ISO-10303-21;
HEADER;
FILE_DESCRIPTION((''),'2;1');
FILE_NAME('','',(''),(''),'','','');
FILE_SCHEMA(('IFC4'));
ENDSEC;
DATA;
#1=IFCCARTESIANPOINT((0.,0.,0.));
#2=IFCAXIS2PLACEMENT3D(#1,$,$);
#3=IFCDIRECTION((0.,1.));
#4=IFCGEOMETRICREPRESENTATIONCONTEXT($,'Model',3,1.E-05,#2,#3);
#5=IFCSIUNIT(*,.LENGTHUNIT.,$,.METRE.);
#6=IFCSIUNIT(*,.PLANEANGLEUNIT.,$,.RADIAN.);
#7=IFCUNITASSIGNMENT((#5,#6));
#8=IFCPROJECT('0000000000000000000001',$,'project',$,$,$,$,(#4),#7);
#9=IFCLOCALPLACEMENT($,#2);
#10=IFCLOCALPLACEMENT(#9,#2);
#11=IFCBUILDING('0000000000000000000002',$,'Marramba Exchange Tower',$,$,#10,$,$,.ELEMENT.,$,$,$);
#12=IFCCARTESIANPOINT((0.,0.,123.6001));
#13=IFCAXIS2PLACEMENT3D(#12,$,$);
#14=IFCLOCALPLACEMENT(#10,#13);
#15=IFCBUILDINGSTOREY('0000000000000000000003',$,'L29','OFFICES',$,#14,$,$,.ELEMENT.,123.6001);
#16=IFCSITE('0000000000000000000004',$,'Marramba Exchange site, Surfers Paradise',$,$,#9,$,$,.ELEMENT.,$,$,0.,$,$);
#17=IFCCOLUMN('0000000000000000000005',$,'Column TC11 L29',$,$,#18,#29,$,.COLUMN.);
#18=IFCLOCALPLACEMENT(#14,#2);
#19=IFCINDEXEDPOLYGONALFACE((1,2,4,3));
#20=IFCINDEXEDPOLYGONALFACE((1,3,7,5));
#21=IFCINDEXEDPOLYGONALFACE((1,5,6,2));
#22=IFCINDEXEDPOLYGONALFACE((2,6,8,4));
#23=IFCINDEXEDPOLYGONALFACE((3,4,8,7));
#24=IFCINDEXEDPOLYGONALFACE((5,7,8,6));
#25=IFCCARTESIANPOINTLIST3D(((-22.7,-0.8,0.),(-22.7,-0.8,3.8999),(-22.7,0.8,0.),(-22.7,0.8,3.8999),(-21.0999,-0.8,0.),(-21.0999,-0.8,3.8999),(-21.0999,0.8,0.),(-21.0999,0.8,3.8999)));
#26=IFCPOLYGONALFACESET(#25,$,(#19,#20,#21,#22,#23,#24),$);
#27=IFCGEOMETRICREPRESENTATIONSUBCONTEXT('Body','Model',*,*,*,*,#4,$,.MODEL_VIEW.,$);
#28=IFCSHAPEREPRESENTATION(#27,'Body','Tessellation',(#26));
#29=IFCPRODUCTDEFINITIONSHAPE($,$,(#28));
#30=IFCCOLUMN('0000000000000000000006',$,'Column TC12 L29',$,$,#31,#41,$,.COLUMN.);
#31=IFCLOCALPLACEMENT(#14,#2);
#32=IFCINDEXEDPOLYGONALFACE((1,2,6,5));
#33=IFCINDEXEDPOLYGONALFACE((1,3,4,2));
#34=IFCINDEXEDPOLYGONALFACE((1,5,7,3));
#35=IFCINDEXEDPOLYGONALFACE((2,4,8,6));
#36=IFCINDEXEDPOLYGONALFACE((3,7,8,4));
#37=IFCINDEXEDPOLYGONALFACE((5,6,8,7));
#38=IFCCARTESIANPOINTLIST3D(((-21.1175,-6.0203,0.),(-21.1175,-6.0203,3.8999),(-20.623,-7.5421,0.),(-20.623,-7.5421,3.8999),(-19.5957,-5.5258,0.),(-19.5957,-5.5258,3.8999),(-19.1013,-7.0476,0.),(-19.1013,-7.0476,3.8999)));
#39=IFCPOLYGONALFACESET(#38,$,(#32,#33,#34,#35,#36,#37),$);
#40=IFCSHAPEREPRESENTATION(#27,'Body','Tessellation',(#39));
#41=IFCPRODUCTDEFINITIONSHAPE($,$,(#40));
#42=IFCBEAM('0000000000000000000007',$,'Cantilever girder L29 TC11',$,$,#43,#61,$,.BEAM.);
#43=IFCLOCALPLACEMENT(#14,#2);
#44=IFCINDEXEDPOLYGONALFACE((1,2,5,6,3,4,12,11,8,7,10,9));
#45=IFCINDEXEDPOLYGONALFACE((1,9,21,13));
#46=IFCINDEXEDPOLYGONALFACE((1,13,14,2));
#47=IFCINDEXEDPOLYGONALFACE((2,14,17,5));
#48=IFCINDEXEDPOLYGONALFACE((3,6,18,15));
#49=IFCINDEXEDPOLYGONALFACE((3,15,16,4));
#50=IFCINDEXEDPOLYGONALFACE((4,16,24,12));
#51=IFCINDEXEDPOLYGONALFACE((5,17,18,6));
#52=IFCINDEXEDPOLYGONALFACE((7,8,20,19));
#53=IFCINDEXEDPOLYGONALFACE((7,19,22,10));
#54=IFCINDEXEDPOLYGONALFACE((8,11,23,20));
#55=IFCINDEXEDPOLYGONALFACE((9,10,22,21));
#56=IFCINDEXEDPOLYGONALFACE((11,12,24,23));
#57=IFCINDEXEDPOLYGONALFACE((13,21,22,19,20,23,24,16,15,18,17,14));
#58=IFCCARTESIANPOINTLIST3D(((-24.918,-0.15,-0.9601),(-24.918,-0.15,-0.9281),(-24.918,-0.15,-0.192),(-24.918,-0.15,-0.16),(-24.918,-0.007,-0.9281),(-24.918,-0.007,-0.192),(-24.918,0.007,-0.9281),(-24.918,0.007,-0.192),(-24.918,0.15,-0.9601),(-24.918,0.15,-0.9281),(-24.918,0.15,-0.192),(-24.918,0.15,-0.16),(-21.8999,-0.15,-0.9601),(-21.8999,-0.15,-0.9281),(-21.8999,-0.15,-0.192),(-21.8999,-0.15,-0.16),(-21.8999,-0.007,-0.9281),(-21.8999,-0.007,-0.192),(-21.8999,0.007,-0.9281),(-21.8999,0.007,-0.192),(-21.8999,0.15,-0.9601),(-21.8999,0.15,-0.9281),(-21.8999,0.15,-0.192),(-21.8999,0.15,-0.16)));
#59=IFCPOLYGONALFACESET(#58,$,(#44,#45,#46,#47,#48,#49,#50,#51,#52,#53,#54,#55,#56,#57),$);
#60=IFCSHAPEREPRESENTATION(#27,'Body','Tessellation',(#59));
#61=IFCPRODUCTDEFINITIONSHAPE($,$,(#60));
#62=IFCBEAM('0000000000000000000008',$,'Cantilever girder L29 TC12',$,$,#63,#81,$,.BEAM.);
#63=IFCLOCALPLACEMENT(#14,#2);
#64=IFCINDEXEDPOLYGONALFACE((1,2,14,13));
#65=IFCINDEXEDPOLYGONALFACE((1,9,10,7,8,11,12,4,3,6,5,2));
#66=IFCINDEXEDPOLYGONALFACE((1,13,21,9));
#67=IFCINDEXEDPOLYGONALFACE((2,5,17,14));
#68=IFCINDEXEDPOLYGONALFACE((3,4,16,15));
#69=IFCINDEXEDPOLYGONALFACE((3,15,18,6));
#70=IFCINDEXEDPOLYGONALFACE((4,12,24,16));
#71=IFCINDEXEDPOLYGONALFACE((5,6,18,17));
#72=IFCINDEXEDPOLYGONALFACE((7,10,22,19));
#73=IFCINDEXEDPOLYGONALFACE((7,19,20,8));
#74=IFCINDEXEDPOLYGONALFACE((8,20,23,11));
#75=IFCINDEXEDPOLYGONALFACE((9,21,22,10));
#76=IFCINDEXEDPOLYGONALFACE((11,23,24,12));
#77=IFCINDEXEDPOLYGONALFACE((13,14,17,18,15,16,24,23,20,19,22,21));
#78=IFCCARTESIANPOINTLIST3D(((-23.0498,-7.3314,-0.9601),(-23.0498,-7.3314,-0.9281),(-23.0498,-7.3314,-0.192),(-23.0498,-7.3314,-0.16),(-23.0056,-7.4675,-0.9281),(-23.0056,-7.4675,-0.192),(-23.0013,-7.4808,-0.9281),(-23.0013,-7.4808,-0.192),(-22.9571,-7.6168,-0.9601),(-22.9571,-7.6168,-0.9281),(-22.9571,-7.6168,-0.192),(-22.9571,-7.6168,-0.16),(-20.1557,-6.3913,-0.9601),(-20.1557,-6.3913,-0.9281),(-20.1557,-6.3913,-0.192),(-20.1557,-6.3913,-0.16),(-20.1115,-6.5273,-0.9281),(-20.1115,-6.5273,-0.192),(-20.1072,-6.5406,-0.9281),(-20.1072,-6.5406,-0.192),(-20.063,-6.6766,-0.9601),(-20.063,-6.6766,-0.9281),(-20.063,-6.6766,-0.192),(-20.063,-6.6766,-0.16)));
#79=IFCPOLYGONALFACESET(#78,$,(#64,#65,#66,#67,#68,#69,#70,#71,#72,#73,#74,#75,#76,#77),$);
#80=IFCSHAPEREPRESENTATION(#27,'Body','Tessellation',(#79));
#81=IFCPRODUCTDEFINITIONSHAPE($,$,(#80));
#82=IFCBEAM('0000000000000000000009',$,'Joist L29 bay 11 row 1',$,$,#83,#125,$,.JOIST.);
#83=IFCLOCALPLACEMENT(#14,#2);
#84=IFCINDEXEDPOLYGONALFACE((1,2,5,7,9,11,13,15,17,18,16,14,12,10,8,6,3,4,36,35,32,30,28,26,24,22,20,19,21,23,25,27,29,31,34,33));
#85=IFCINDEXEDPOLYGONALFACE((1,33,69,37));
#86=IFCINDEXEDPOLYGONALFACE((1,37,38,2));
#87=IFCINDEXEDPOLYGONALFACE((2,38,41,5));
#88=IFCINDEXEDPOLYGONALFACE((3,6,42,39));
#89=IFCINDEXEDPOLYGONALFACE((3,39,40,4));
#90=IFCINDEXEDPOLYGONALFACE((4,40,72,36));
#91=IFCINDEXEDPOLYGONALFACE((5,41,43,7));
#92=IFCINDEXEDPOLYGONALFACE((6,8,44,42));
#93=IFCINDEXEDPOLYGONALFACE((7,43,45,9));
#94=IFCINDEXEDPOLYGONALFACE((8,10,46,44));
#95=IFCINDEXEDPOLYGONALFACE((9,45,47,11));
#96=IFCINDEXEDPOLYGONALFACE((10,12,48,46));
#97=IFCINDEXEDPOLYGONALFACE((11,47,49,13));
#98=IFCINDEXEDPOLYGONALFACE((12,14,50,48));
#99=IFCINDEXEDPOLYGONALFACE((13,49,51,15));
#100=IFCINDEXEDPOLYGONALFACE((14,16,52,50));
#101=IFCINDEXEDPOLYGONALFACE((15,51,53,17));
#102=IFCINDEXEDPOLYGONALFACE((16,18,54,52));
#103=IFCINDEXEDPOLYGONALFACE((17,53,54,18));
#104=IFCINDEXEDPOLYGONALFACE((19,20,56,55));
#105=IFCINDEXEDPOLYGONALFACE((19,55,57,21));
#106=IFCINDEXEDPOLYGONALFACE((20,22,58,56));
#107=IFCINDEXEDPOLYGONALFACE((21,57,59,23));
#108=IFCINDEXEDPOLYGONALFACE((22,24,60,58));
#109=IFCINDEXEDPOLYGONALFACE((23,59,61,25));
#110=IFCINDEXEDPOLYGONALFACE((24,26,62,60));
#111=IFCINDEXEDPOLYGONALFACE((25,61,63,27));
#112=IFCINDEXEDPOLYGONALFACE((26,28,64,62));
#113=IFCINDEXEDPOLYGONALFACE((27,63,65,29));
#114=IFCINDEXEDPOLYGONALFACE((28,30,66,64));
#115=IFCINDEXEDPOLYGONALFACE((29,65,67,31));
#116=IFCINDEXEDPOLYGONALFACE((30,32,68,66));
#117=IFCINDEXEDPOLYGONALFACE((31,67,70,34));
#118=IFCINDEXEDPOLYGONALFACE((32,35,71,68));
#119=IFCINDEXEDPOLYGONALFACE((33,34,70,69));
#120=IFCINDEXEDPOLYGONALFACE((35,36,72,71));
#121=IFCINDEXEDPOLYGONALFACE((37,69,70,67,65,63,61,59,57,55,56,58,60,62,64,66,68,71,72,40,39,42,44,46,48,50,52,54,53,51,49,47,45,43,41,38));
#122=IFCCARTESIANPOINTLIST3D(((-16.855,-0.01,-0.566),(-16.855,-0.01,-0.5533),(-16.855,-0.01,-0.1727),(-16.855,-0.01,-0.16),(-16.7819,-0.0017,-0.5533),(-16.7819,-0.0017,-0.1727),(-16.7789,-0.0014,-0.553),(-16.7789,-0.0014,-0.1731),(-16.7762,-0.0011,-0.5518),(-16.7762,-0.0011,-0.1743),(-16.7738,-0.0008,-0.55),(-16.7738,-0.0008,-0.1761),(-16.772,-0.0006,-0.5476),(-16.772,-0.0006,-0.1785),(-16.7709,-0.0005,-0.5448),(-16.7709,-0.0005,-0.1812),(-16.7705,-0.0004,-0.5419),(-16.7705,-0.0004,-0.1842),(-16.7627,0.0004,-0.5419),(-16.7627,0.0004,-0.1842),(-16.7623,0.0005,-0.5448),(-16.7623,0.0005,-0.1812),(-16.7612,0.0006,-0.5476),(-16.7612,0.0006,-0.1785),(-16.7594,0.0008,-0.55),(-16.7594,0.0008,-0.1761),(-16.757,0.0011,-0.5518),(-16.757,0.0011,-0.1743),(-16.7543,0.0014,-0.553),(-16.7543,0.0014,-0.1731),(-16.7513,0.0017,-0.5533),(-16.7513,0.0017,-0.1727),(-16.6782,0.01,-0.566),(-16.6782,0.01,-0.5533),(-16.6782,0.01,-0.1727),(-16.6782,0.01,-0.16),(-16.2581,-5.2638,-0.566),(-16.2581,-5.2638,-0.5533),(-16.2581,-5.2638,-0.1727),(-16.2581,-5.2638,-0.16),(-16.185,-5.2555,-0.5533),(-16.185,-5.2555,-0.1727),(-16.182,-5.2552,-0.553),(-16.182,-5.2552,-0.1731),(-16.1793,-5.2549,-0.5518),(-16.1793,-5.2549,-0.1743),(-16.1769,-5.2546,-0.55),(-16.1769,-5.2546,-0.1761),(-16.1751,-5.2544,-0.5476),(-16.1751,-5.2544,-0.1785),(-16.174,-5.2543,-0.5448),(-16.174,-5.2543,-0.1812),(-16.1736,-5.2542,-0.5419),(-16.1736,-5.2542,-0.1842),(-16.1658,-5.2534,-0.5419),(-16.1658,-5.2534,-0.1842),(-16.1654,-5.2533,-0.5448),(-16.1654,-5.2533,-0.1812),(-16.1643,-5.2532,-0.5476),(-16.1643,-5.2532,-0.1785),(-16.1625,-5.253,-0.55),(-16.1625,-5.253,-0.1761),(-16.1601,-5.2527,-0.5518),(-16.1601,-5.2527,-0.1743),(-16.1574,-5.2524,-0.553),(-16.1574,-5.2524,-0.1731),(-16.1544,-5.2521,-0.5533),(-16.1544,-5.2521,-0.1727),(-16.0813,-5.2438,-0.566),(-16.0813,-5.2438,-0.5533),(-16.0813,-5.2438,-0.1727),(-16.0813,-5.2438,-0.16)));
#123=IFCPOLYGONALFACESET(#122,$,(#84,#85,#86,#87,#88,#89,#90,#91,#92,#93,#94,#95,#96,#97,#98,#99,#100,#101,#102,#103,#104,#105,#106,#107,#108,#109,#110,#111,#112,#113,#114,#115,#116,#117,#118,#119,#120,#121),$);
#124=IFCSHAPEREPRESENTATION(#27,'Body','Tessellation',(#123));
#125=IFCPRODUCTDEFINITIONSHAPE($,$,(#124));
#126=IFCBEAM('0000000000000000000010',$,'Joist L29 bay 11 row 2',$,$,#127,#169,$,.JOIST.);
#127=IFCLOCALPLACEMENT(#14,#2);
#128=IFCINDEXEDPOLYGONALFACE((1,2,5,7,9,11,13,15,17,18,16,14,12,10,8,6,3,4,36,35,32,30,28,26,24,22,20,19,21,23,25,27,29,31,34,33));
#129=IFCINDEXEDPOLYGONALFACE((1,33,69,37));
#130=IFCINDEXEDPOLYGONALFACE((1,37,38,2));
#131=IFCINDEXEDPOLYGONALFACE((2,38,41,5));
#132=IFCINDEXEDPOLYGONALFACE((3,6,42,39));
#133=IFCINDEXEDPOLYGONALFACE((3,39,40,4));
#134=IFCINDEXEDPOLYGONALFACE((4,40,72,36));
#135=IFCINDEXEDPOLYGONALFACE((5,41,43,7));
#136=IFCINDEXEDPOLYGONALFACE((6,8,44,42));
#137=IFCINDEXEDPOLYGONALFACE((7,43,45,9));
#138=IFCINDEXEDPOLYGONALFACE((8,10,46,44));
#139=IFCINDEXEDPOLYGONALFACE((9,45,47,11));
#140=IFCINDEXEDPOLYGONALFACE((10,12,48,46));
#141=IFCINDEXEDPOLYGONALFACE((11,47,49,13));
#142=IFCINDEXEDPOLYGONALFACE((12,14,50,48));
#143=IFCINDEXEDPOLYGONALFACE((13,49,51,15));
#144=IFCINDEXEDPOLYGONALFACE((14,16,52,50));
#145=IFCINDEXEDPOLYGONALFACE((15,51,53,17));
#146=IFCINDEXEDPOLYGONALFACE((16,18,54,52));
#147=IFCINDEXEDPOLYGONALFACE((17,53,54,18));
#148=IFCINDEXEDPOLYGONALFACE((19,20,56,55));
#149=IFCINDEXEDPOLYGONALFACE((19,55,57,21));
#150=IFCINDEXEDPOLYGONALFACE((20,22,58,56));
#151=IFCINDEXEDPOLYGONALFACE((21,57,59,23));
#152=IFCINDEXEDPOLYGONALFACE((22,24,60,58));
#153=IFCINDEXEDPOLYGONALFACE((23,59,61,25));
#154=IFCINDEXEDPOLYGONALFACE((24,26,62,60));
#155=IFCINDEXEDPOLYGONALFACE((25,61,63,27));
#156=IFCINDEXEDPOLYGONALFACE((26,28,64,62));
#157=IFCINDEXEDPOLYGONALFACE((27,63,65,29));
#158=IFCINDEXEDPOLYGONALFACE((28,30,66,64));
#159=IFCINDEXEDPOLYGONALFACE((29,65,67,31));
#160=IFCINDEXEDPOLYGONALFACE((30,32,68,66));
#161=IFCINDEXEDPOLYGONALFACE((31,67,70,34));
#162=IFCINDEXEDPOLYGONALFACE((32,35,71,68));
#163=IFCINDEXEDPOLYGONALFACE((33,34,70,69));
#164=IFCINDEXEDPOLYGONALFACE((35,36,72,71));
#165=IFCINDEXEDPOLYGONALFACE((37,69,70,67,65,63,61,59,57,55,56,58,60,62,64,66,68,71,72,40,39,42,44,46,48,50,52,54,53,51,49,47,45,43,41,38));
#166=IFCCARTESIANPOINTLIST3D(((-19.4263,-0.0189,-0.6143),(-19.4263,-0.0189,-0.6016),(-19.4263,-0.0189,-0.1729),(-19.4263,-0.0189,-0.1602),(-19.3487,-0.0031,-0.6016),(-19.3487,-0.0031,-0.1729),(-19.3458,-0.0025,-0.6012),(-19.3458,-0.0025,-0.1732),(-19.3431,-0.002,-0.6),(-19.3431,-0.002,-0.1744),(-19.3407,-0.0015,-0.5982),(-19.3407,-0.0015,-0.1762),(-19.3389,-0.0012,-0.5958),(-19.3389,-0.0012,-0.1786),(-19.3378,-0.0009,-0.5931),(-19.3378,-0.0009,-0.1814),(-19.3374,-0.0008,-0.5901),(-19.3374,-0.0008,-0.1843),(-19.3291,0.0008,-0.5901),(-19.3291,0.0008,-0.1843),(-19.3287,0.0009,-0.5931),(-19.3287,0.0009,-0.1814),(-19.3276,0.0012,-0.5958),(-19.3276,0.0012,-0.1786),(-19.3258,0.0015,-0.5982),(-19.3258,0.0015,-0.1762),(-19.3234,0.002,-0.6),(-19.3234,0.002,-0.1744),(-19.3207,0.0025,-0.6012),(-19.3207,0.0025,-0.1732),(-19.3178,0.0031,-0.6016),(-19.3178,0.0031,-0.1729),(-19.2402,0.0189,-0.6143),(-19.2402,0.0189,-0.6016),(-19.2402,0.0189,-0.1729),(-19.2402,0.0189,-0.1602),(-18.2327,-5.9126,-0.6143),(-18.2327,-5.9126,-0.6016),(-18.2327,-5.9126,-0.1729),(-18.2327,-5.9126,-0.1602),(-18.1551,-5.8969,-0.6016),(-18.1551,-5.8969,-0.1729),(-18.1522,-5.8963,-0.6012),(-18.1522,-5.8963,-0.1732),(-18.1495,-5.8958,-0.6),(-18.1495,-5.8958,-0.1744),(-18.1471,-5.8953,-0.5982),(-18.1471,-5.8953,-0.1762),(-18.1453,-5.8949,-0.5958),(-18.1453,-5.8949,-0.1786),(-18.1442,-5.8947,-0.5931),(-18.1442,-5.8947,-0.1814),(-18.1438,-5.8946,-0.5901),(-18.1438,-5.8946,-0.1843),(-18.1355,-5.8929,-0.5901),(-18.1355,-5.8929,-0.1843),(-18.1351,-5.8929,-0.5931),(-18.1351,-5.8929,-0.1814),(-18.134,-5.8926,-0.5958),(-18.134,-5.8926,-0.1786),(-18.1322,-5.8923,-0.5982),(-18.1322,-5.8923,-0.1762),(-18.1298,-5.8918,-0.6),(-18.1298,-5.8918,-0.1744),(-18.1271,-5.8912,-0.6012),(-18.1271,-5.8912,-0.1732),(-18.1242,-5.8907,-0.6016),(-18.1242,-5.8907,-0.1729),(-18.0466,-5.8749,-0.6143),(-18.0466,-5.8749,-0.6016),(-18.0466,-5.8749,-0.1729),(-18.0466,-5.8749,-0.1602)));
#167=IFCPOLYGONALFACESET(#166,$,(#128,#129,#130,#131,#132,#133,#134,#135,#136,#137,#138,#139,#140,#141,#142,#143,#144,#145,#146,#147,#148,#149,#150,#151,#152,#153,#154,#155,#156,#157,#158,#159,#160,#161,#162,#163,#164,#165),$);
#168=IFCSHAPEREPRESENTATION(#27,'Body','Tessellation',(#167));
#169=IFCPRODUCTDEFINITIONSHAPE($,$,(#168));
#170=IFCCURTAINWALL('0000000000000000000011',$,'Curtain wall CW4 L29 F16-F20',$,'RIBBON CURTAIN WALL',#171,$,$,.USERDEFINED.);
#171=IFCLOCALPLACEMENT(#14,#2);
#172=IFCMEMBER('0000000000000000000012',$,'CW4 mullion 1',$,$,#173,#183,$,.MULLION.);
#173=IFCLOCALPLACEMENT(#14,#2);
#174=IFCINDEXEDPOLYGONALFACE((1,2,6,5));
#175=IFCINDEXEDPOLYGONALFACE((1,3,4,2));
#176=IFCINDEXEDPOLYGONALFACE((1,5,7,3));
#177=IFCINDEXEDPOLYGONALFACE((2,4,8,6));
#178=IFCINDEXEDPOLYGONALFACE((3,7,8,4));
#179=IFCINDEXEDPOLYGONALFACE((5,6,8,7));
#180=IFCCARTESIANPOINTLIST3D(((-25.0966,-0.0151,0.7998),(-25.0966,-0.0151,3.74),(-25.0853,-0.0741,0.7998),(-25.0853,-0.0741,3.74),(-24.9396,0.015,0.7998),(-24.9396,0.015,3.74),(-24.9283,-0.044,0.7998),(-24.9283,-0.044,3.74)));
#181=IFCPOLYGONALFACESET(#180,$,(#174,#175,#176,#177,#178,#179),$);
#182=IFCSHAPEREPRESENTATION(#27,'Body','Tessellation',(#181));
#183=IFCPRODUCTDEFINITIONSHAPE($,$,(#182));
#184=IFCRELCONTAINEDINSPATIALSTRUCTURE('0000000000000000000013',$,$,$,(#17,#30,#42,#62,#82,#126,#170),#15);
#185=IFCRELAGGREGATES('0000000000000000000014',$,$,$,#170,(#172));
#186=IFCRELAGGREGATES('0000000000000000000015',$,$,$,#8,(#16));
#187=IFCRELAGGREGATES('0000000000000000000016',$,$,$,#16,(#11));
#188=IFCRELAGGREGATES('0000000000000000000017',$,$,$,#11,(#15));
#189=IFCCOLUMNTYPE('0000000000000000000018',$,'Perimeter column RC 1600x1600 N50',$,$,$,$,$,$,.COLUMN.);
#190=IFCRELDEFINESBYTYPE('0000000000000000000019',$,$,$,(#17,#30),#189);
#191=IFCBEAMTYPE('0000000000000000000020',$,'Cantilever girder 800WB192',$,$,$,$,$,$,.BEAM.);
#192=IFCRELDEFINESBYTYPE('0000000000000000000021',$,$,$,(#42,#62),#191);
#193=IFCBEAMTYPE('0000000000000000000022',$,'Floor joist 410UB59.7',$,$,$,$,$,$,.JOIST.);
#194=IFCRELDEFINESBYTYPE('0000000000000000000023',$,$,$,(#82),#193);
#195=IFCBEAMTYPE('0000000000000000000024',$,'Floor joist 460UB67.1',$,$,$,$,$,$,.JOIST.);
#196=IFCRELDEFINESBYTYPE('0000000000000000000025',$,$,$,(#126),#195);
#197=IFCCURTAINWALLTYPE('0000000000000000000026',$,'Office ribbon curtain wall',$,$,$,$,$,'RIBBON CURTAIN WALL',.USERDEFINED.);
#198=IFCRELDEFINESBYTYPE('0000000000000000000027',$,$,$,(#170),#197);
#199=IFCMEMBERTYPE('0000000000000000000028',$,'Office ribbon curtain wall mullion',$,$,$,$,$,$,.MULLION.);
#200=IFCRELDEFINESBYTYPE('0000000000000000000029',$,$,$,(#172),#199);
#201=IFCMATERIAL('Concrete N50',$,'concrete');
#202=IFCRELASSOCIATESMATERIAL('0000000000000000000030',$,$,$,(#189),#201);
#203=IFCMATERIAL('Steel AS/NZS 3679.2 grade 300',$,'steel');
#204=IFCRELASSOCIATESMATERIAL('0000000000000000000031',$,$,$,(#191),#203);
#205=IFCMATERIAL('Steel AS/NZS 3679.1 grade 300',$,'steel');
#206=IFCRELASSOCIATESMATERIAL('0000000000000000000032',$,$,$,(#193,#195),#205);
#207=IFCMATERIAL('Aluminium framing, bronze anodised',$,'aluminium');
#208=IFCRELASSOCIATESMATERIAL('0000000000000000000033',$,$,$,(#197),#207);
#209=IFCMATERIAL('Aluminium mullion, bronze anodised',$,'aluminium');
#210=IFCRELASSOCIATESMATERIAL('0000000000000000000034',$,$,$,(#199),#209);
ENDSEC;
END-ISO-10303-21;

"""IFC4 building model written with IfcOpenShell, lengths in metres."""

from ifc_helpers import new_model, si_unit, direction, frame, origin, origin_2d, place, context, subcontext, project, spatial, rectangle, i_section, extrude, material, material_profile, profile_set, type_object, element, aggregate, save


model = new_model("IFC4")

# Units and contexts
model_context = context("Model", 3, precision=1e-05, world=origin(), true_north=direction((0.0, 1.0)))
body_context = subcontext(model_context, "Body", "Model", "MODEL_VIEW")
ifc_project = project(units=[si_unit("LENGTHUNIT", "METRE"), si_unit("PLANEANGLEUNIT", "RADIAN")], contexts=[model_context])

# Site, building, storey
site_placement = place(None, origin())
site = spatial("IfcSite", under=ifc_project, at=site_placement, Name="Marramba Exchange site, Surfers Paradise", CompositionType="ELEMENT", RefElevation=0.0)
building_placement = place(site_placement, origin())
building = spatial("IfcBuilding", under=site, at=building_placement, Name="Marramba Exchange Tower", CompositionType="ELEMENT")
storey_placement = place(building_placement, frame((0.0, 0.0, 123.6001)))
storey = spatial("IfcBuildingStorey", under=building, at=storey_placement, Name="L29", Description="OFFICES", CompositionType="ELEMENT", Elevation=123.6001)

# Columns
ifc_material_1 = material(Name="Concrete N50", Category="concrete")
ifc_material_profile_1 = material_profile(ifc_material_1, rectangle(XDim=1.6001, YDim=1.6001, at=origin_2d()), Name="RC 1600x1600")
ifc_profile_set_1 = profile_set([ifc_material_profile_1], Name="Concrete N50")
column_type = type_object("IfcColumnType", Name="Perimeter column RC 1600x1600 N50", PredefinedType="COLUMN", material=ifc_profile_set_1)
for number, where, z_axis, x_axis, name in (
    (1, (-21.8999, 0.0, 0.0), (0.0, 0.0, 1.0), (-1.0, 0.0, 0.0), "Column TC11 L29"),
    (2, (-20.1094, -6.5339, 0.0), (0.0, 0.0, 1.0), (-0.951057, -0.309017, 0.0), "Column TC12 L29"),
):
    element("IfcColumn", number, at=place(storey_placement, frame(where, z_axis=z_axis, x_axis=x_axis)), inside=storey, type_object=column_type, Name=name, PredefinedType="COLUMN", context=body_context, shape_type="SweptSolid", body=[
        extrude(rectangle(XDim=1.6001, YDim=1.6001, at=origin_2d()), origin(), (0.0, 0.0, 1.0), 3.8999),
    ])

# Beams
ifc_material_2 = material(Name="Steel AS/NZS 3679.2 grade 300", Category="steel")
ifc_material_profile_2 = material_profile(ifc_material_2, i_section(OverallWidth=0.3, OverallDepth=0.8, WebThickness=0.0139, FlangeThickness=0.032, at=origin_2d()), Name="800WB192")
ifc_profile_set_2 = profile_set([ifc_material_profile_2], Name="Steel AS/NZS 3679.2 grade 300")
beam_type_1 = type_object("IfcBeamType", Name="Cantilever girder 800WB192", PredefinedType="BEAM", material=ifc_profile_set_2)
beam_1_placement = place(storey_placement, frame((-21.8999, 0.0, -0.5601), z_axis=(-1.0, 0.0, 0.0), x_axis=(0.0, -1.0, 0.0)))
element("IfcBeam", 3, at=beam_1_placement, inside=storey, type_object=beam_type_1, Name="Cantilever girder L29 TC11", PredefinedType="BEAM", context=body_context, shape_type="SweptSolid", body=[
    extrude(i_section(OverallWidth=0.3, OverallDepth=0.8, WebThickness=0.0139, FlangeThickness=0.032, at=origin_2d()), origin(), (0.0, 0.0, 1.0), 3.0181),
])
beam_2_placement = place(storey_placement, frame((-20.1094, -6.5339, -0.5601), z_axis=(-0.951071, -0.308974, 0.0), x_axis=(0.308974, -0.951071, 0.0)))
element("IfcBeam", 4, at=beam_2_placement, inside=storey, type_object=beam_type_1, Name="Cantilever girder L29 TC12", PredefinedType="BEAM", context=body_context, shape_type="SweptSolid", body=[
    extrude(i_section(OverallWidth=0.3, OverallDepth=0.8, WebThickness=0.0139, FlangeThickness=0.032, at=origin_2d()), origin(), (0.0, 0.0, 1.0), 3.043),
])
ifc_material_3 = material(Name="Steel AS/NZS 3679.1 grade 300", Category="steel")
ifc_material_profile_3 = material_profile(ifc_material_3, i_section(OverallWidth=0.178, OverallDepth=0.406, WebThickness=0.0078, FlangeThickness=0.0127, FilletRadius=0.0115, at=origin_2d()), Name="410UB59.7")
ifc_profile_set_3 = profile_set([ifc_material_profile_3], Name="Steel AS/NZS 3679.1 grade 300")
beam_type_2 = type_object("IfcBeamType", Name="Floor joist 410UB59.7", PredefinedType="JOIST", material=ifc_profile_set_3)
beam_3_placement = place(storey_placement, frame((-16.7666, 0.0, -0.363), z_axis=(0.112889, -0.993608, 0.0), x_axis=(0.993608, 0.112889, 0.0)))
element("IfcBeam", 5, at=beam_3_placement, inside=storey, type_object=beam_type_2, Name="Joist L29 bay 11 row 1", PredefinedType="JOIST", context=body_context, shape_type="SweptSolid", body=[
    extrude(i_section(OverallWidth=0.178, OverallDepth=0.406, WebThickness=0.0078, FlangeThickness=0.0127, FilletRadius=0.0115, at=origin_2d()), origin(), (0.0, 0.0, 1.0), 5.2876),
])
ifc_material_profile_4 = material_profile(ifc_material_3, i_section(OverallWidth=0.1899, OverallDepth=0.4541, WebThickness=0.0085, FlangeThickness=0.0127, FilletRadius=0.0115, at=origin_2d()), Name="460UB67.1")
ifc_profile_set_4 = profile_set([ifc_material_profile_4], Name="Steel AS/NZS 3679.1 grade 300")
beam_type_3 = type_object("IfcBeamType", Name="Floor joist 460UB67.1", PredefinedType="JOIST", material=ifc_profile_set_4)
beam_4_placement = place(storey_placement, frame((-19.3333, 0.0, -0.3872), z_axis=(0.198489, -0.980103, 0.0), x_axis=(0.980103, 0.198489, 0.0)))
element("IfcBeam", 6, at=beam_4_placement, inside=storey, type_object=beam_type_3, Name="Joist L29 bay 11 row 2", PredefinedType="JOIST", context=body_context, shape_type="SweptSolid", body=[
    extrude(i_section(OverallWidth=0.1899, OverallDepth=0.4541, WebThickness=0.0085, FlangeThickness=0.0127, FilletRadius=0.0115, at=origin_2d()), origin(), (0.0, 0.0, 1.0), 6.0134),
])

# Curtain wall, member
ifc_material_4 = material(Name="Aluminium framing, bronze anodised", Category="aluminium")
curtain_wall_type = type_object("IfcCurtainWallType", Name="Office ribbon curtain wall", ElementType="RIBBON CURTAIN WALL", PredefinedType="USERDEFINED", material=ifc_material_4)
curtain_wall_placement = place(storey_placement, origin())
curtain_wall = element("IfcCurtainWall", 7, at=curtain_wall_placement, inside=storey, type_object=curtain_wall_type, Name="Curtain wall CW4 L29 F16-F20", ObjectType="RIBBON CURTAIN WALL", PredefinedType="USERDEFINED")
ifc_material_5 = material(Name="Aluminium mullion, bronze anodised", Category="aluminium")
ifc_material_profile_5 = material_profile(ifc_material_5, rectangle(XDim=0.1599, YDim=0.0601, at=origin_2d()), Name="CW4 mullion 60x160")
ifc_profile_set_5 = profile_set([ifc_material_profile_5], Name="Aluminium mullion, bronze anodised")
member_type_1 = type_object("IfcMemberType", Name="Office ribbon curtain wall mullion", PredefinedType="MULLION", material=ifc_profile_set_5)
member_1_placement = place(storey_placement, frame((-25.0125, -0.0295, 0.7998), z_axis=(0.0, 0.0, 1.0), x_axis=(0.982126, 0.188227, 0.0)))
member_1 = element("IfcMember", 8, at=member_1_placement, type_object=member_type_1, Name="CW4 mullion 1", PredefinedType="MULLION", context=body_context, shape_type="SweptSolid", body=[
    extrude(rectangle(XDim=0.1599, YDim=0.0601, at=origin_2d()), origin(), (0.0, 0.0, 1.0), 2.9402),
])

aggregate(curtain_wall, [member_1])

save(model, "model.ifc")
